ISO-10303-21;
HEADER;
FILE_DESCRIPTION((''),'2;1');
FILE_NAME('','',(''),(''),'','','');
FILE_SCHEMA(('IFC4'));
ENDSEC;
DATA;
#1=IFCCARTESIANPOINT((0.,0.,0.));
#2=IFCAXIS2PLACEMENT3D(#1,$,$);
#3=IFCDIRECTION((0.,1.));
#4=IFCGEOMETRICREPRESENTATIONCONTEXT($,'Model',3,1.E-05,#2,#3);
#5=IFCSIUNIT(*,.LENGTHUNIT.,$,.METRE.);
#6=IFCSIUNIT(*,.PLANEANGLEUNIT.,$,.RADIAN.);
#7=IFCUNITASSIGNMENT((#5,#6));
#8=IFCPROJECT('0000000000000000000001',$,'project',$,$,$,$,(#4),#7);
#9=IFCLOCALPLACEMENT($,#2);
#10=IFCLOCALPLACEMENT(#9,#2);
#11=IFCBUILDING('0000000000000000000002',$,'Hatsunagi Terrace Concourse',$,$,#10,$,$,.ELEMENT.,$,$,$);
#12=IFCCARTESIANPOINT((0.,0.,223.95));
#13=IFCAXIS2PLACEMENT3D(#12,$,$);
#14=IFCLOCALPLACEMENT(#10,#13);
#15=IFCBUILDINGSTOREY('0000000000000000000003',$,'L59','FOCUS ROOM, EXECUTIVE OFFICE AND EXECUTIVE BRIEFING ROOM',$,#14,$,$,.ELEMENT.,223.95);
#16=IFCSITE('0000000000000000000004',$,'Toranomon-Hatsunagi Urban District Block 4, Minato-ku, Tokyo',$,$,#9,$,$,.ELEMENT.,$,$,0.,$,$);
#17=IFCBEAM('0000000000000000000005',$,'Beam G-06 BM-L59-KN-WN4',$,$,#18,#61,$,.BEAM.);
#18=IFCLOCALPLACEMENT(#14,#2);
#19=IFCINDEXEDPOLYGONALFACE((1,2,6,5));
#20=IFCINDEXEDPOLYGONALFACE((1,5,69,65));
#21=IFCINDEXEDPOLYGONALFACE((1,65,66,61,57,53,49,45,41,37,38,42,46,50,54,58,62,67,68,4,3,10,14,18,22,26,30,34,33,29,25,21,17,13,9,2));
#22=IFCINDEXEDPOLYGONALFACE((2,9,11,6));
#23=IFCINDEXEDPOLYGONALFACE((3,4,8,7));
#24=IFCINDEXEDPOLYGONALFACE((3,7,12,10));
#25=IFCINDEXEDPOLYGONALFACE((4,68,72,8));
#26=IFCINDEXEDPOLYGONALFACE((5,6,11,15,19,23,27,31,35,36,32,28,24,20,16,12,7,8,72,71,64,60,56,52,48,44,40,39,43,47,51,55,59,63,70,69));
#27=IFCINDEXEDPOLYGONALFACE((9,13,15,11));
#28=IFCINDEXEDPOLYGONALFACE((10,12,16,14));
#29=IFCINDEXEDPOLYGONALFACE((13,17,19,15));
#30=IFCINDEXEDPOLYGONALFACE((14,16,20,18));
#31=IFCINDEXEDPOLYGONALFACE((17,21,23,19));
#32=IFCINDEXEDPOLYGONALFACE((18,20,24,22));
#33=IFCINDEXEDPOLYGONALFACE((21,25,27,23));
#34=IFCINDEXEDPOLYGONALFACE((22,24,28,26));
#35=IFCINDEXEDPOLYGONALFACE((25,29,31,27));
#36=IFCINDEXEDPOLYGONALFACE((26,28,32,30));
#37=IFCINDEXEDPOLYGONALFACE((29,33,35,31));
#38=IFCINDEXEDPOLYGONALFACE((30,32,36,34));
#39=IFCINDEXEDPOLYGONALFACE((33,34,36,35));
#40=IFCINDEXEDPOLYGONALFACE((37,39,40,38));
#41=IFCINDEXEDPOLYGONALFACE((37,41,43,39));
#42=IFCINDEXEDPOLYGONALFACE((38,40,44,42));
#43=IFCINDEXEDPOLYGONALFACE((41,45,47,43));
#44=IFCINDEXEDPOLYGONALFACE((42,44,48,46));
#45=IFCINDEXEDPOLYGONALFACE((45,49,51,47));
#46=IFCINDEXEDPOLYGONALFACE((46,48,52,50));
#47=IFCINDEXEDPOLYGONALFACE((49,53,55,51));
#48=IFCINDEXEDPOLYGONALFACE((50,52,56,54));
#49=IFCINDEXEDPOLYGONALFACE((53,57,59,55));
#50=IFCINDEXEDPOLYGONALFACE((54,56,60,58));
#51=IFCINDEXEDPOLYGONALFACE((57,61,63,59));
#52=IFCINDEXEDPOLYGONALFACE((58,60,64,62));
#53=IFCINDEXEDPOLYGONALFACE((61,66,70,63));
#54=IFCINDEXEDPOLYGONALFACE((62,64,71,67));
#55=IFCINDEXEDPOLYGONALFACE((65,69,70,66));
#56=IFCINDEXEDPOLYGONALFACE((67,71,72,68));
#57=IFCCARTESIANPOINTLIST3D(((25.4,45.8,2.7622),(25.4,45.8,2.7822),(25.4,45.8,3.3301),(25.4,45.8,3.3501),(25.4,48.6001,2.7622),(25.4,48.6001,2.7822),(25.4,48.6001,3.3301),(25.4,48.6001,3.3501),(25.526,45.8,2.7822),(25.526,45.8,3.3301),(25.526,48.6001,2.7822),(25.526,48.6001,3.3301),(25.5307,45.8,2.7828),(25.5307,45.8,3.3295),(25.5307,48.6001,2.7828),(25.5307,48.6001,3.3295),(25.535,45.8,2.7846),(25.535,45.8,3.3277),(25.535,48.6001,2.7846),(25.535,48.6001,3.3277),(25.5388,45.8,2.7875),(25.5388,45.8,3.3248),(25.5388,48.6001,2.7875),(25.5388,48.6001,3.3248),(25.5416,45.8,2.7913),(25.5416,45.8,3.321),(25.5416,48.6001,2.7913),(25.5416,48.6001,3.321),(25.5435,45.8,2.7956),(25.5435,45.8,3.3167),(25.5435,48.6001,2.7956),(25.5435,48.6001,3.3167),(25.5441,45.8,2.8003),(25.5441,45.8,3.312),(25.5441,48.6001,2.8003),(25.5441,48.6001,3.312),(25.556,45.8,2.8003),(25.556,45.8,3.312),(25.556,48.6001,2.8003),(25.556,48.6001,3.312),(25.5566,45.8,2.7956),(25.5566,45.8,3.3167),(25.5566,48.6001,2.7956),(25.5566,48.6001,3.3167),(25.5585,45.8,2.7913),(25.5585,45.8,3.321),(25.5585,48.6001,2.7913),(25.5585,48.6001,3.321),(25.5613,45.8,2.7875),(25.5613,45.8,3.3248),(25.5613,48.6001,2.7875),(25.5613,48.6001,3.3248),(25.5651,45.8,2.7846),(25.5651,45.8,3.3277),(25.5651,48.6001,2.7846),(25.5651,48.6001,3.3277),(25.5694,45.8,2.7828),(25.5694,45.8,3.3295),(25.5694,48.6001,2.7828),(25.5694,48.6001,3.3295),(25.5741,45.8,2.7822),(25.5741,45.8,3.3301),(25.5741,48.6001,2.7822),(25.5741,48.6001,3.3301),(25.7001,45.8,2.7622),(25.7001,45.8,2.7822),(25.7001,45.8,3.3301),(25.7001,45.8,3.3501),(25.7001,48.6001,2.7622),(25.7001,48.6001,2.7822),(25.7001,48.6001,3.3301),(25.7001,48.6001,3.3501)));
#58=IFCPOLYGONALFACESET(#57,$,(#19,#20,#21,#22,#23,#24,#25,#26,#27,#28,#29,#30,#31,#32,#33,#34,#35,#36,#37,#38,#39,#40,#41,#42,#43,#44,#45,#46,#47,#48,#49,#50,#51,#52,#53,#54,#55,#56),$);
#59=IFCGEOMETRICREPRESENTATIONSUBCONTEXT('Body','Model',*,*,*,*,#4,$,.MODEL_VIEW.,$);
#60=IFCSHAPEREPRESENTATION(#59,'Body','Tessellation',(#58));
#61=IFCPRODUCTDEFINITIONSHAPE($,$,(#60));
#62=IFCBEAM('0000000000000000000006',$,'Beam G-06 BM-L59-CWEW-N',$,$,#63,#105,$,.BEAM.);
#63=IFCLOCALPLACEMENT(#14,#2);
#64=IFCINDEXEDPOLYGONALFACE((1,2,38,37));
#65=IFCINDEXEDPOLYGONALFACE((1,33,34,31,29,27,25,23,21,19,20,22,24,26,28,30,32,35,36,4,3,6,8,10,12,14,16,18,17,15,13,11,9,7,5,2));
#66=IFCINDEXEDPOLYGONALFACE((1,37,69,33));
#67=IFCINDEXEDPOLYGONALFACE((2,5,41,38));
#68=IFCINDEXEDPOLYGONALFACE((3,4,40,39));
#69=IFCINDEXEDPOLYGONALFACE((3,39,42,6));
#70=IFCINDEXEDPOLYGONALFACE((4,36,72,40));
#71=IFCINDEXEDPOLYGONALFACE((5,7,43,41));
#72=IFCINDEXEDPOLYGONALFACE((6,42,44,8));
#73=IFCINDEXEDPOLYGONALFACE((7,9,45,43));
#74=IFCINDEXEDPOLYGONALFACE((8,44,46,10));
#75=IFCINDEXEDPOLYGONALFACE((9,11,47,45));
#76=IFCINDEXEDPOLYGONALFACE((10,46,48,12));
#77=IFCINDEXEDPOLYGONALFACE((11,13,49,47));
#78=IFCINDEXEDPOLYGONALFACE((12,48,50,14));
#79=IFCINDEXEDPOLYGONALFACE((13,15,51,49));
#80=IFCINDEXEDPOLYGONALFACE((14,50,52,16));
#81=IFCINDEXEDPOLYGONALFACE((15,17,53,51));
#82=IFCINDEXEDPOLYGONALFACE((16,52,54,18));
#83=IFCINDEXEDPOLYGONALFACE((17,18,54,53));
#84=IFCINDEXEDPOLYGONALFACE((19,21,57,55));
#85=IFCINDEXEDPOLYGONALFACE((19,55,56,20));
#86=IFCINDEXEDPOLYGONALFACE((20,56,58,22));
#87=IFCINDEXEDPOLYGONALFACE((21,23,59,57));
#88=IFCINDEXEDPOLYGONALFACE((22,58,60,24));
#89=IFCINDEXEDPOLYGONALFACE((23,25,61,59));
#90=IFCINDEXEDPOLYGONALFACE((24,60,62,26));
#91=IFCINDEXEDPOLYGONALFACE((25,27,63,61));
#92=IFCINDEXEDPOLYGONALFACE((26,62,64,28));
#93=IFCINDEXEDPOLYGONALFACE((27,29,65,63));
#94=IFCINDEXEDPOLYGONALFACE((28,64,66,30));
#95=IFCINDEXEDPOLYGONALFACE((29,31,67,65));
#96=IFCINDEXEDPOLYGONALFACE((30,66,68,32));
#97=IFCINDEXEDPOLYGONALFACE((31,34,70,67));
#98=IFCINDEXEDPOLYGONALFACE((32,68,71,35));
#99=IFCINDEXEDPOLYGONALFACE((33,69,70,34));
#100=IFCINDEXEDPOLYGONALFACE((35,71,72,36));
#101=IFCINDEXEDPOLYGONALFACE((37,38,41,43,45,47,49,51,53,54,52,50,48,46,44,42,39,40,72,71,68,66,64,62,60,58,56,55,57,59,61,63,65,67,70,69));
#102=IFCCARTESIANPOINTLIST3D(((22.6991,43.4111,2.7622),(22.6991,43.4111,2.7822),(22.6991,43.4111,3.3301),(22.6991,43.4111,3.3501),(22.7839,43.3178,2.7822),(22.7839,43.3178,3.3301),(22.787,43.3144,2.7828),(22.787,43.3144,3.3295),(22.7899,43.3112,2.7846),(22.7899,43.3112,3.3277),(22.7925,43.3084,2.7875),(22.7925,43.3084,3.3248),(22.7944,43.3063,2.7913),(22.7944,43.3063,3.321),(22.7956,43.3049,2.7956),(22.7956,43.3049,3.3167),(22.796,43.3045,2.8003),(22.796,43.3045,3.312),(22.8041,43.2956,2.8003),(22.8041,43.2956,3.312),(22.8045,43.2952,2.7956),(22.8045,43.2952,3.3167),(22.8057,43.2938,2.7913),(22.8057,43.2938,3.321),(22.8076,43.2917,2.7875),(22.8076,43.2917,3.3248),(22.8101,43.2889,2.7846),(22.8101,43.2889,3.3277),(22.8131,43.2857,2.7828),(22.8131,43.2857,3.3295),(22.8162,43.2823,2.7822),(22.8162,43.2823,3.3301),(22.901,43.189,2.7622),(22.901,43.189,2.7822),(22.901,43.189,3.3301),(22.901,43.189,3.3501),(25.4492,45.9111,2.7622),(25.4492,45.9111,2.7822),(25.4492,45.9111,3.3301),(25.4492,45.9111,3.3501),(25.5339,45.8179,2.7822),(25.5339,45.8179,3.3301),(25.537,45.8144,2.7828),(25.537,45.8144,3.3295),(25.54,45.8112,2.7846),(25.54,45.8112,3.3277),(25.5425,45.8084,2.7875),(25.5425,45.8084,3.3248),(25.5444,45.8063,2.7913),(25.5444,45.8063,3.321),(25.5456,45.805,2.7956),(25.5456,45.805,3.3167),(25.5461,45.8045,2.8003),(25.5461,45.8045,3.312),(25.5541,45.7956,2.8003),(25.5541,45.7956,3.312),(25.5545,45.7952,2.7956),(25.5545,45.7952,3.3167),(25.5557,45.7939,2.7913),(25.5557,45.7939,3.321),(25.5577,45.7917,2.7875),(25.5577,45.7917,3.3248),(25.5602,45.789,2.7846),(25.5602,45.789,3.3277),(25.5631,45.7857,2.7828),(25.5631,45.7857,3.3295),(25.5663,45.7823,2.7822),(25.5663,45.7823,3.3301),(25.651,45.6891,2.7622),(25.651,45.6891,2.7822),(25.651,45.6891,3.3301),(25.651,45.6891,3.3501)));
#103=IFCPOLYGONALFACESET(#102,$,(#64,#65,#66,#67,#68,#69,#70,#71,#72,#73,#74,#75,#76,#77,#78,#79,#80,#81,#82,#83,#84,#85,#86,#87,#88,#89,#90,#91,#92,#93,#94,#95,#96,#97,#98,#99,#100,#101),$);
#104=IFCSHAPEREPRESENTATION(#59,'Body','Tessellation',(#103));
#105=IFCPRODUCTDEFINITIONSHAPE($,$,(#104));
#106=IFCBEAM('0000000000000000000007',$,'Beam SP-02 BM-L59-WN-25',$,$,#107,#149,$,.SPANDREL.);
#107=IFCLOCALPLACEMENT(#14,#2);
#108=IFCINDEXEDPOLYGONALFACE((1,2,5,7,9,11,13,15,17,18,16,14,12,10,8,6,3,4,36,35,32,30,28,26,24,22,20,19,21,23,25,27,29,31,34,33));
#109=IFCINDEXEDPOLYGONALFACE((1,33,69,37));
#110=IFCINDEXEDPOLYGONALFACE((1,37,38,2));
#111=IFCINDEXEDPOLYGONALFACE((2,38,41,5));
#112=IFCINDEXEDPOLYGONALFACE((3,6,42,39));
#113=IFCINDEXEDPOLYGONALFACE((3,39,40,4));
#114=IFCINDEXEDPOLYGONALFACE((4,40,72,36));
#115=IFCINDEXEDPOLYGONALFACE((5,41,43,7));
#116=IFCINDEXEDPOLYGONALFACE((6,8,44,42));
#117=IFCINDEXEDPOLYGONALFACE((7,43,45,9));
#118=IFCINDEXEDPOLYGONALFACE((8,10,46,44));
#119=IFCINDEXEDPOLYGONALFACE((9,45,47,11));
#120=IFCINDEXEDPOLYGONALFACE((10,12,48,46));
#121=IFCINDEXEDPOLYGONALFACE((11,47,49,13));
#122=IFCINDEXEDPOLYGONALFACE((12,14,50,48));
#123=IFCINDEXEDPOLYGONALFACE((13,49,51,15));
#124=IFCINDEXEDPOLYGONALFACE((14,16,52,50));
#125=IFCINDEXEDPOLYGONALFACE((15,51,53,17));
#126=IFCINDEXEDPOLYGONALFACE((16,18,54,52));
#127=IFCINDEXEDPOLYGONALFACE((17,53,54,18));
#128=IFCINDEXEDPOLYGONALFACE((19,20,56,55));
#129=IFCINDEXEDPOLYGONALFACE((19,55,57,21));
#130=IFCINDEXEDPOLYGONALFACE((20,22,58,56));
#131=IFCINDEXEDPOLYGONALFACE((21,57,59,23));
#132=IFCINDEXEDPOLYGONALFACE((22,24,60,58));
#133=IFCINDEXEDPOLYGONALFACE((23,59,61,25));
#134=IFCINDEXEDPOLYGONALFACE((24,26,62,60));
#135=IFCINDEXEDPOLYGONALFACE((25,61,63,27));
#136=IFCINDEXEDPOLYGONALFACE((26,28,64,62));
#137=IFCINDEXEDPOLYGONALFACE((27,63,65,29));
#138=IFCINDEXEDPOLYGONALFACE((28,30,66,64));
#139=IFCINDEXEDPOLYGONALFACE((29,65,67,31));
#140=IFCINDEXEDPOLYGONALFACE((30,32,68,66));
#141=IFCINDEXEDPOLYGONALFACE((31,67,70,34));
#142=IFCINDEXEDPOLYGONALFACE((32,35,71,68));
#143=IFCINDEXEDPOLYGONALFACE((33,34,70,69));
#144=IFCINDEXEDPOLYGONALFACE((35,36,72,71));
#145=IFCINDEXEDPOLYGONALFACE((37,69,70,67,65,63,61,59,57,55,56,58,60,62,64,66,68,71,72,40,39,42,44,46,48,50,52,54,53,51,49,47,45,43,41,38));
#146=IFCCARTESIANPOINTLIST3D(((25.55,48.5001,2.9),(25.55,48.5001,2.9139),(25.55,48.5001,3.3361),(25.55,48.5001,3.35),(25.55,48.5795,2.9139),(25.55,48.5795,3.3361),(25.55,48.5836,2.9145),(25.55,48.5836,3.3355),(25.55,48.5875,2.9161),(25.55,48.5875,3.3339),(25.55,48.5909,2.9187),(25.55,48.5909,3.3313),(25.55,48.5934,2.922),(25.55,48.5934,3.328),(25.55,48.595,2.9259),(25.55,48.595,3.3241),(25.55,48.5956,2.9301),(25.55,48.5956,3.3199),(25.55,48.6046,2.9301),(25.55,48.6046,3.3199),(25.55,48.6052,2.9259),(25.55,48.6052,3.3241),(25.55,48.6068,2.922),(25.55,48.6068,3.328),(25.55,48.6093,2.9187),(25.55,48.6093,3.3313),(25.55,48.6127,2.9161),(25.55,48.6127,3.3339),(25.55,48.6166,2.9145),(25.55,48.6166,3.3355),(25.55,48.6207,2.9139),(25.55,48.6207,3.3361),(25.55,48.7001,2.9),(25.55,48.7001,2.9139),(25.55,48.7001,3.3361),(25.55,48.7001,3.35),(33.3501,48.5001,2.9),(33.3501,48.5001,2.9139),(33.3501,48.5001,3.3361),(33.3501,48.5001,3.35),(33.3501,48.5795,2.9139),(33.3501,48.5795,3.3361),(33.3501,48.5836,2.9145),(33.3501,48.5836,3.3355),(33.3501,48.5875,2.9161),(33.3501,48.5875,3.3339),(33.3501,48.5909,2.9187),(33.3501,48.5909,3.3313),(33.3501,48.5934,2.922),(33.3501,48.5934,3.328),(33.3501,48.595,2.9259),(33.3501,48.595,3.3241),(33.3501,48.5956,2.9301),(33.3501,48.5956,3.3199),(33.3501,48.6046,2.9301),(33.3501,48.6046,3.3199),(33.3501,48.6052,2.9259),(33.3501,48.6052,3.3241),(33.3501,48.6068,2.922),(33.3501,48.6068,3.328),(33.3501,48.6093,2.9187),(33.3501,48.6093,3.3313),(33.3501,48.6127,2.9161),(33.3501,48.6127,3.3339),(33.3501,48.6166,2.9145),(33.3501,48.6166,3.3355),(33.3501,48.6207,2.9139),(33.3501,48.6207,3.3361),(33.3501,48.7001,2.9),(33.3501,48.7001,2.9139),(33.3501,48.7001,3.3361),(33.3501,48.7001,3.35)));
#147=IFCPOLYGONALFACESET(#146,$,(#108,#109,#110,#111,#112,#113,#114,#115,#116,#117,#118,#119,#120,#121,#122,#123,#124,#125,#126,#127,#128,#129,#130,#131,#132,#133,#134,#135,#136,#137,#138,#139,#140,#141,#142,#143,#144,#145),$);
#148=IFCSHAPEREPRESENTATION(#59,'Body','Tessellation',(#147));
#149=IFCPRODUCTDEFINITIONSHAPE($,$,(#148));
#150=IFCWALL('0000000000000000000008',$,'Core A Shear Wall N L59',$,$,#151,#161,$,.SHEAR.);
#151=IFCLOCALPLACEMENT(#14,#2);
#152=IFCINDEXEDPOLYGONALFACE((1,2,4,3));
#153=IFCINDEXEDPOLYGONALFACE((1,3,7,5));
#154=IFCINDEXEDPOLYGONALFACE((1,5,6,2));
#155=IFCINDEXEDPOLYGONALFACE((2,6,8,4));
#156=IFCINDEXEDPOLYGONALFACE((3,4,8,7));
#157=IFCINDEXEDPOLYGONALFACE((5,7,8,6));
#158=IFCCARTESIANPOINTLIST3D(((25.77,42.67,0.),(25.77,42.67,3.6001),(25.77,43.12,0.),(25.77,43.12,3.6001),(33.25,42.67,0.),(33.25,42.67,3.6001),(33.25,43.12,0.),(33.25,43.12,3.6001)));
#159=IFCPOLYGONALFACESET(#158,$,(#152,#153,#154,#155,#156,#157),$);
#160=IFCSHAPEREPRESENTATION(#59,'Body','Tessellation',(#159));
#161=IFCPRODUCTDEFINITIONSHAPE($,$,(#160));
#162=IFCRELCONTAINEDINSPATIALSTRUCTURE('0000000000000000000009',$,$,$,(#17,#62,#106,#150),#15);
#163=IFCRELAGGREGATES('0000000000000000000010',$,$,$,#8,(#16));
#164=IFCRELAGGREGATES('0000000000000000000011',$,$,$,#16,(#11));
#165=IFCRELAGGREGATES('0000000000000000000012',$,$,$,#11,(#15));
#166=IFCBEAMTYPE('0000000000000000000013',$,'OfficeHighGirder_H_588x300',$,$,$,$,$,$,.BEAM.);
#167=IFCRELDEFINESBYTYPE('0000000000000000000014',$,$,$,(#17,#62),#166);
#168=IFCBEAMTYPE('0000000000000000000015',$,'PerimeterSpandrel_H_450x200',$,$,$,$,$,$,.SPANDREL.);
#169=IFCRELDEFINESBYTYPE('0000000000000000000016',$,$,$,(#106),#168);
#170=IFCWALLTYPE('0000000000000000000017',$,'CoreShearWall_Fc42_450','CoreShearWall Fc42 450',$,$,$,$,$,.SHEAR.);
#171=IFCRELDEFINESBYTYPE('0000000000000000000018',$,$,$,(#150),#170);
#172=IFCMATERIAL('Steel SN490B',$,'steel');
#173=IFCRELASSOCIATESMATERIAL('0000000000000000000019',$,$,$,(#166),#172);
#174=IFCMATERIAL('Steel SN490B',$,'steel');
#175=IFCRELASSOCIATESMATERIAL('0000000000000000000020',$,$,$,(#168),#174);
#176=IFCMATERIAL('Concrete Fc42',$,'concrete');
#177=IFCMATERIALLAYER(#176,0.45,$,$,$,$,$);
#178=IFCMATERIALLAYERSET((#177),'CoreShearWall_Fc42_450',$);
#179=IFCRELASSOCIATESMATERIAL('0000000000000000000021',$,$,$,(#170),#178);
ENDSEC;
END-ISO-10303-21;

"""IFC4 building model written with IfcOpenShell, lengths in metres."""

from ifc_helpers import new_model, si_unit, direction, frame, frame_2d, origin, origin_2d, place, context, subcontext, project, spatial, rectangle, i_section, extrude, material, layer, layer_set, material_profile, profile_set, type_object, element, save


model = new_model("IFC4")

# Units and contexts
model_context = context("Model", 3, precision=1e-05, world=origin(), true_north=direction((0.0, 1.0)))
body_context = subcontext(model_context, "Body", "Model", "MODEL_VIEW")
ifc_project = project(units=[si_unit("LENGTHUNIT", "METRE"), si_unit("PLANEANGLEUNIT", "RADIAN")], contexts=[model_context])

# Site, building, storey
site_placement = place(None, origin())
site = spatial("IfcSite", under=ifc_project, at=site_placement, Name="Toranomon-Hatsunagi Urban District Block 4, Minato-ku, Tokyo", CompositionType="ELEMENT", RefElevation=0.0)
building_placement = place(site_placement, origin())
building = spatial("IfcBuilding", under=site, at=building_placement, Name="Hatsunagi Terrace Concourse", CompositionType="ELEMENT")
storey_placement = place(building_placement, frame((0.0, 0.0, 223.95)))
storey = spatial("IfcBuildingStorey", under=building, at=storey_placement, Name="L59", Description="FOCUS ROOM, EXECUTIVE OFFICE AND EXECUTIVE BRIEFING ROOM", CompositionType="ELEMENT", Elevation=223.95)

# Beams
ifc_material_1 = material(Name="Steel SN490B", Category="steel")
ifc_material_profile_1 = material_profile(ifc_material_1, i_section(OverallWidth=0.3, OverallDepth=0.5879, WebThickness=0.012, FlangeThickness=0.02, FilletRadius=0.0181, at=origin_2d()), Name="H-588x300x12x20")
ifc_profile_set_1 = profile_set([ifc_material_profile_1], Name="Steel SN490B")
beam_type_1 = type_object("IfcBeamType", Name="OfficeHighGirder_H_588x300", PredefinedType="BEAM", material=ifc_profile_set_1)
beam_1_placement = place(storey_placement, frame((25.55, 45.8, 3.0562), z_axis=(0.0, 1.0, 0.0), x_axis=(-1.0, 0.0, 0.0)))
element("IfcBeam", 1, at=beam_1_placement, inside=storey, type_object=beam_type_1, Name="Beam G-06 BM-L59-KN-WN4", PredefinedType="BEAM", context=body_context, shape_type="SweptSolid", body=[
    extrude(i_section(OverallWidth=0.3, OverallDepth=0.5879, WebThickness=0.012, FlangeThickness=0.02, FilletRadius=0.0181, at=origin_2d()), origin(), (0.0, 0.0, 1.0), 2.8),
])
beam_2_placement = place(storey_placement, frame((22.8, 43.3, 3.0562), z_axis=(0.73994, 0.672673, 0.0), x_axis=(-0.672673, 0.73994, 0.0)))
element("IfcBeam", 2, at=beam_2_placement, inside=storey, type_object=beam_type_1, Name="Beam G-06 BM-L59-CWEW-N", PredefinedType="BEAM", context=body_context, shape_type="SweptSolid", body=[
    extrude(i_section(OverallWidth=0.3, OverallDepth=0.5879, WebThickness=0.012, FlangeThickness=0.02, FilletRadius=0.0181, at=origin_2d()), origin(), (0.0, 0.0, 1.0), 3.7166),
])
ifc_material_2 = material(Name="Steel SN490B", Category="steel")
ifc_material_profile_2 = material_profile(ifc_material_2, i_section(OverallWidth=0.2, OverallDepth=0.45, WebThickness=0.009, FlangeThickness=0.0139, FilletRadius=0.0161, at=origin_2d()), Name="H-450x200x9x14")
ifc_profile_set_2 = profile_set([ifc_material_profile_2], Name="Steel SN490B")
beam_type_2 = type_object("IfcBeamType", Name="PerimeterSpandrel_H_450x200", PredefinedType="SPANDREL", material=ifc_profile_set_2)
beam_3_placement = place(storey_placement, frame((25.55, 48.6001, 3.125), z_axis=(1.0, 0.0, 0.0), x_axis=(0.0, 1.0, 0.0)))
element("IfcBeam", 3, at=beam_3_placement, inside=storey, type_object=beam_type_2, Name="Beam SP-02 BM-L59-WN-25", PredefinedType="SPANDREL", context=body_context, shape_type="SweptSolid", body=[
    extrude(i_section(OverallWidth=0.2, OverallDepth=0.45, WebThickness=0.009, FlangeThickness=0.0139, FilletRadius=0.0161, at=origin_2d()), origin(), (0.0, 0.0, 1.0), 7.8),
])

# Wall
ifc_material_3 = material(Name="Concrete Fc42", Category="concrete")
ifc_layer_1 = layer(ifc_material_3, 0.45)
ifc_layer_set_1 = layer_set([ifc_layer_1], Name="CoreShearWall_Fc42_450")
wall_type_1 = type_object("IfcWallType", Name="CoreShearWall_Fc42_450", Description="CoreShearWall Fc42 450", PredefinedType="SHEAR", material=ifc_layer_set_1)
wall_1_placement = place(storey_placement, frame((25.77, 42.895, 0.0), z_axis=(0.0, 0.0, 1.0), x_axis=(1.0, 0.0, 0.0)))
element("IfcWall", 4, at=wall_1_placement, inside=storey, type_object=wall_type_1, Name="Core A Shear Wall N L59", PredefinedType="SHEAR", context=body_context, shape_type="SweptSolid", body=[
    extrude(rectangle(XDim=7.48, YDim=0.45, at=frame_2d((3.74, 0.0))), origin(), (0.0, 0.0, 1.0), 3.6001),
])

save(model, "model.ifc")
